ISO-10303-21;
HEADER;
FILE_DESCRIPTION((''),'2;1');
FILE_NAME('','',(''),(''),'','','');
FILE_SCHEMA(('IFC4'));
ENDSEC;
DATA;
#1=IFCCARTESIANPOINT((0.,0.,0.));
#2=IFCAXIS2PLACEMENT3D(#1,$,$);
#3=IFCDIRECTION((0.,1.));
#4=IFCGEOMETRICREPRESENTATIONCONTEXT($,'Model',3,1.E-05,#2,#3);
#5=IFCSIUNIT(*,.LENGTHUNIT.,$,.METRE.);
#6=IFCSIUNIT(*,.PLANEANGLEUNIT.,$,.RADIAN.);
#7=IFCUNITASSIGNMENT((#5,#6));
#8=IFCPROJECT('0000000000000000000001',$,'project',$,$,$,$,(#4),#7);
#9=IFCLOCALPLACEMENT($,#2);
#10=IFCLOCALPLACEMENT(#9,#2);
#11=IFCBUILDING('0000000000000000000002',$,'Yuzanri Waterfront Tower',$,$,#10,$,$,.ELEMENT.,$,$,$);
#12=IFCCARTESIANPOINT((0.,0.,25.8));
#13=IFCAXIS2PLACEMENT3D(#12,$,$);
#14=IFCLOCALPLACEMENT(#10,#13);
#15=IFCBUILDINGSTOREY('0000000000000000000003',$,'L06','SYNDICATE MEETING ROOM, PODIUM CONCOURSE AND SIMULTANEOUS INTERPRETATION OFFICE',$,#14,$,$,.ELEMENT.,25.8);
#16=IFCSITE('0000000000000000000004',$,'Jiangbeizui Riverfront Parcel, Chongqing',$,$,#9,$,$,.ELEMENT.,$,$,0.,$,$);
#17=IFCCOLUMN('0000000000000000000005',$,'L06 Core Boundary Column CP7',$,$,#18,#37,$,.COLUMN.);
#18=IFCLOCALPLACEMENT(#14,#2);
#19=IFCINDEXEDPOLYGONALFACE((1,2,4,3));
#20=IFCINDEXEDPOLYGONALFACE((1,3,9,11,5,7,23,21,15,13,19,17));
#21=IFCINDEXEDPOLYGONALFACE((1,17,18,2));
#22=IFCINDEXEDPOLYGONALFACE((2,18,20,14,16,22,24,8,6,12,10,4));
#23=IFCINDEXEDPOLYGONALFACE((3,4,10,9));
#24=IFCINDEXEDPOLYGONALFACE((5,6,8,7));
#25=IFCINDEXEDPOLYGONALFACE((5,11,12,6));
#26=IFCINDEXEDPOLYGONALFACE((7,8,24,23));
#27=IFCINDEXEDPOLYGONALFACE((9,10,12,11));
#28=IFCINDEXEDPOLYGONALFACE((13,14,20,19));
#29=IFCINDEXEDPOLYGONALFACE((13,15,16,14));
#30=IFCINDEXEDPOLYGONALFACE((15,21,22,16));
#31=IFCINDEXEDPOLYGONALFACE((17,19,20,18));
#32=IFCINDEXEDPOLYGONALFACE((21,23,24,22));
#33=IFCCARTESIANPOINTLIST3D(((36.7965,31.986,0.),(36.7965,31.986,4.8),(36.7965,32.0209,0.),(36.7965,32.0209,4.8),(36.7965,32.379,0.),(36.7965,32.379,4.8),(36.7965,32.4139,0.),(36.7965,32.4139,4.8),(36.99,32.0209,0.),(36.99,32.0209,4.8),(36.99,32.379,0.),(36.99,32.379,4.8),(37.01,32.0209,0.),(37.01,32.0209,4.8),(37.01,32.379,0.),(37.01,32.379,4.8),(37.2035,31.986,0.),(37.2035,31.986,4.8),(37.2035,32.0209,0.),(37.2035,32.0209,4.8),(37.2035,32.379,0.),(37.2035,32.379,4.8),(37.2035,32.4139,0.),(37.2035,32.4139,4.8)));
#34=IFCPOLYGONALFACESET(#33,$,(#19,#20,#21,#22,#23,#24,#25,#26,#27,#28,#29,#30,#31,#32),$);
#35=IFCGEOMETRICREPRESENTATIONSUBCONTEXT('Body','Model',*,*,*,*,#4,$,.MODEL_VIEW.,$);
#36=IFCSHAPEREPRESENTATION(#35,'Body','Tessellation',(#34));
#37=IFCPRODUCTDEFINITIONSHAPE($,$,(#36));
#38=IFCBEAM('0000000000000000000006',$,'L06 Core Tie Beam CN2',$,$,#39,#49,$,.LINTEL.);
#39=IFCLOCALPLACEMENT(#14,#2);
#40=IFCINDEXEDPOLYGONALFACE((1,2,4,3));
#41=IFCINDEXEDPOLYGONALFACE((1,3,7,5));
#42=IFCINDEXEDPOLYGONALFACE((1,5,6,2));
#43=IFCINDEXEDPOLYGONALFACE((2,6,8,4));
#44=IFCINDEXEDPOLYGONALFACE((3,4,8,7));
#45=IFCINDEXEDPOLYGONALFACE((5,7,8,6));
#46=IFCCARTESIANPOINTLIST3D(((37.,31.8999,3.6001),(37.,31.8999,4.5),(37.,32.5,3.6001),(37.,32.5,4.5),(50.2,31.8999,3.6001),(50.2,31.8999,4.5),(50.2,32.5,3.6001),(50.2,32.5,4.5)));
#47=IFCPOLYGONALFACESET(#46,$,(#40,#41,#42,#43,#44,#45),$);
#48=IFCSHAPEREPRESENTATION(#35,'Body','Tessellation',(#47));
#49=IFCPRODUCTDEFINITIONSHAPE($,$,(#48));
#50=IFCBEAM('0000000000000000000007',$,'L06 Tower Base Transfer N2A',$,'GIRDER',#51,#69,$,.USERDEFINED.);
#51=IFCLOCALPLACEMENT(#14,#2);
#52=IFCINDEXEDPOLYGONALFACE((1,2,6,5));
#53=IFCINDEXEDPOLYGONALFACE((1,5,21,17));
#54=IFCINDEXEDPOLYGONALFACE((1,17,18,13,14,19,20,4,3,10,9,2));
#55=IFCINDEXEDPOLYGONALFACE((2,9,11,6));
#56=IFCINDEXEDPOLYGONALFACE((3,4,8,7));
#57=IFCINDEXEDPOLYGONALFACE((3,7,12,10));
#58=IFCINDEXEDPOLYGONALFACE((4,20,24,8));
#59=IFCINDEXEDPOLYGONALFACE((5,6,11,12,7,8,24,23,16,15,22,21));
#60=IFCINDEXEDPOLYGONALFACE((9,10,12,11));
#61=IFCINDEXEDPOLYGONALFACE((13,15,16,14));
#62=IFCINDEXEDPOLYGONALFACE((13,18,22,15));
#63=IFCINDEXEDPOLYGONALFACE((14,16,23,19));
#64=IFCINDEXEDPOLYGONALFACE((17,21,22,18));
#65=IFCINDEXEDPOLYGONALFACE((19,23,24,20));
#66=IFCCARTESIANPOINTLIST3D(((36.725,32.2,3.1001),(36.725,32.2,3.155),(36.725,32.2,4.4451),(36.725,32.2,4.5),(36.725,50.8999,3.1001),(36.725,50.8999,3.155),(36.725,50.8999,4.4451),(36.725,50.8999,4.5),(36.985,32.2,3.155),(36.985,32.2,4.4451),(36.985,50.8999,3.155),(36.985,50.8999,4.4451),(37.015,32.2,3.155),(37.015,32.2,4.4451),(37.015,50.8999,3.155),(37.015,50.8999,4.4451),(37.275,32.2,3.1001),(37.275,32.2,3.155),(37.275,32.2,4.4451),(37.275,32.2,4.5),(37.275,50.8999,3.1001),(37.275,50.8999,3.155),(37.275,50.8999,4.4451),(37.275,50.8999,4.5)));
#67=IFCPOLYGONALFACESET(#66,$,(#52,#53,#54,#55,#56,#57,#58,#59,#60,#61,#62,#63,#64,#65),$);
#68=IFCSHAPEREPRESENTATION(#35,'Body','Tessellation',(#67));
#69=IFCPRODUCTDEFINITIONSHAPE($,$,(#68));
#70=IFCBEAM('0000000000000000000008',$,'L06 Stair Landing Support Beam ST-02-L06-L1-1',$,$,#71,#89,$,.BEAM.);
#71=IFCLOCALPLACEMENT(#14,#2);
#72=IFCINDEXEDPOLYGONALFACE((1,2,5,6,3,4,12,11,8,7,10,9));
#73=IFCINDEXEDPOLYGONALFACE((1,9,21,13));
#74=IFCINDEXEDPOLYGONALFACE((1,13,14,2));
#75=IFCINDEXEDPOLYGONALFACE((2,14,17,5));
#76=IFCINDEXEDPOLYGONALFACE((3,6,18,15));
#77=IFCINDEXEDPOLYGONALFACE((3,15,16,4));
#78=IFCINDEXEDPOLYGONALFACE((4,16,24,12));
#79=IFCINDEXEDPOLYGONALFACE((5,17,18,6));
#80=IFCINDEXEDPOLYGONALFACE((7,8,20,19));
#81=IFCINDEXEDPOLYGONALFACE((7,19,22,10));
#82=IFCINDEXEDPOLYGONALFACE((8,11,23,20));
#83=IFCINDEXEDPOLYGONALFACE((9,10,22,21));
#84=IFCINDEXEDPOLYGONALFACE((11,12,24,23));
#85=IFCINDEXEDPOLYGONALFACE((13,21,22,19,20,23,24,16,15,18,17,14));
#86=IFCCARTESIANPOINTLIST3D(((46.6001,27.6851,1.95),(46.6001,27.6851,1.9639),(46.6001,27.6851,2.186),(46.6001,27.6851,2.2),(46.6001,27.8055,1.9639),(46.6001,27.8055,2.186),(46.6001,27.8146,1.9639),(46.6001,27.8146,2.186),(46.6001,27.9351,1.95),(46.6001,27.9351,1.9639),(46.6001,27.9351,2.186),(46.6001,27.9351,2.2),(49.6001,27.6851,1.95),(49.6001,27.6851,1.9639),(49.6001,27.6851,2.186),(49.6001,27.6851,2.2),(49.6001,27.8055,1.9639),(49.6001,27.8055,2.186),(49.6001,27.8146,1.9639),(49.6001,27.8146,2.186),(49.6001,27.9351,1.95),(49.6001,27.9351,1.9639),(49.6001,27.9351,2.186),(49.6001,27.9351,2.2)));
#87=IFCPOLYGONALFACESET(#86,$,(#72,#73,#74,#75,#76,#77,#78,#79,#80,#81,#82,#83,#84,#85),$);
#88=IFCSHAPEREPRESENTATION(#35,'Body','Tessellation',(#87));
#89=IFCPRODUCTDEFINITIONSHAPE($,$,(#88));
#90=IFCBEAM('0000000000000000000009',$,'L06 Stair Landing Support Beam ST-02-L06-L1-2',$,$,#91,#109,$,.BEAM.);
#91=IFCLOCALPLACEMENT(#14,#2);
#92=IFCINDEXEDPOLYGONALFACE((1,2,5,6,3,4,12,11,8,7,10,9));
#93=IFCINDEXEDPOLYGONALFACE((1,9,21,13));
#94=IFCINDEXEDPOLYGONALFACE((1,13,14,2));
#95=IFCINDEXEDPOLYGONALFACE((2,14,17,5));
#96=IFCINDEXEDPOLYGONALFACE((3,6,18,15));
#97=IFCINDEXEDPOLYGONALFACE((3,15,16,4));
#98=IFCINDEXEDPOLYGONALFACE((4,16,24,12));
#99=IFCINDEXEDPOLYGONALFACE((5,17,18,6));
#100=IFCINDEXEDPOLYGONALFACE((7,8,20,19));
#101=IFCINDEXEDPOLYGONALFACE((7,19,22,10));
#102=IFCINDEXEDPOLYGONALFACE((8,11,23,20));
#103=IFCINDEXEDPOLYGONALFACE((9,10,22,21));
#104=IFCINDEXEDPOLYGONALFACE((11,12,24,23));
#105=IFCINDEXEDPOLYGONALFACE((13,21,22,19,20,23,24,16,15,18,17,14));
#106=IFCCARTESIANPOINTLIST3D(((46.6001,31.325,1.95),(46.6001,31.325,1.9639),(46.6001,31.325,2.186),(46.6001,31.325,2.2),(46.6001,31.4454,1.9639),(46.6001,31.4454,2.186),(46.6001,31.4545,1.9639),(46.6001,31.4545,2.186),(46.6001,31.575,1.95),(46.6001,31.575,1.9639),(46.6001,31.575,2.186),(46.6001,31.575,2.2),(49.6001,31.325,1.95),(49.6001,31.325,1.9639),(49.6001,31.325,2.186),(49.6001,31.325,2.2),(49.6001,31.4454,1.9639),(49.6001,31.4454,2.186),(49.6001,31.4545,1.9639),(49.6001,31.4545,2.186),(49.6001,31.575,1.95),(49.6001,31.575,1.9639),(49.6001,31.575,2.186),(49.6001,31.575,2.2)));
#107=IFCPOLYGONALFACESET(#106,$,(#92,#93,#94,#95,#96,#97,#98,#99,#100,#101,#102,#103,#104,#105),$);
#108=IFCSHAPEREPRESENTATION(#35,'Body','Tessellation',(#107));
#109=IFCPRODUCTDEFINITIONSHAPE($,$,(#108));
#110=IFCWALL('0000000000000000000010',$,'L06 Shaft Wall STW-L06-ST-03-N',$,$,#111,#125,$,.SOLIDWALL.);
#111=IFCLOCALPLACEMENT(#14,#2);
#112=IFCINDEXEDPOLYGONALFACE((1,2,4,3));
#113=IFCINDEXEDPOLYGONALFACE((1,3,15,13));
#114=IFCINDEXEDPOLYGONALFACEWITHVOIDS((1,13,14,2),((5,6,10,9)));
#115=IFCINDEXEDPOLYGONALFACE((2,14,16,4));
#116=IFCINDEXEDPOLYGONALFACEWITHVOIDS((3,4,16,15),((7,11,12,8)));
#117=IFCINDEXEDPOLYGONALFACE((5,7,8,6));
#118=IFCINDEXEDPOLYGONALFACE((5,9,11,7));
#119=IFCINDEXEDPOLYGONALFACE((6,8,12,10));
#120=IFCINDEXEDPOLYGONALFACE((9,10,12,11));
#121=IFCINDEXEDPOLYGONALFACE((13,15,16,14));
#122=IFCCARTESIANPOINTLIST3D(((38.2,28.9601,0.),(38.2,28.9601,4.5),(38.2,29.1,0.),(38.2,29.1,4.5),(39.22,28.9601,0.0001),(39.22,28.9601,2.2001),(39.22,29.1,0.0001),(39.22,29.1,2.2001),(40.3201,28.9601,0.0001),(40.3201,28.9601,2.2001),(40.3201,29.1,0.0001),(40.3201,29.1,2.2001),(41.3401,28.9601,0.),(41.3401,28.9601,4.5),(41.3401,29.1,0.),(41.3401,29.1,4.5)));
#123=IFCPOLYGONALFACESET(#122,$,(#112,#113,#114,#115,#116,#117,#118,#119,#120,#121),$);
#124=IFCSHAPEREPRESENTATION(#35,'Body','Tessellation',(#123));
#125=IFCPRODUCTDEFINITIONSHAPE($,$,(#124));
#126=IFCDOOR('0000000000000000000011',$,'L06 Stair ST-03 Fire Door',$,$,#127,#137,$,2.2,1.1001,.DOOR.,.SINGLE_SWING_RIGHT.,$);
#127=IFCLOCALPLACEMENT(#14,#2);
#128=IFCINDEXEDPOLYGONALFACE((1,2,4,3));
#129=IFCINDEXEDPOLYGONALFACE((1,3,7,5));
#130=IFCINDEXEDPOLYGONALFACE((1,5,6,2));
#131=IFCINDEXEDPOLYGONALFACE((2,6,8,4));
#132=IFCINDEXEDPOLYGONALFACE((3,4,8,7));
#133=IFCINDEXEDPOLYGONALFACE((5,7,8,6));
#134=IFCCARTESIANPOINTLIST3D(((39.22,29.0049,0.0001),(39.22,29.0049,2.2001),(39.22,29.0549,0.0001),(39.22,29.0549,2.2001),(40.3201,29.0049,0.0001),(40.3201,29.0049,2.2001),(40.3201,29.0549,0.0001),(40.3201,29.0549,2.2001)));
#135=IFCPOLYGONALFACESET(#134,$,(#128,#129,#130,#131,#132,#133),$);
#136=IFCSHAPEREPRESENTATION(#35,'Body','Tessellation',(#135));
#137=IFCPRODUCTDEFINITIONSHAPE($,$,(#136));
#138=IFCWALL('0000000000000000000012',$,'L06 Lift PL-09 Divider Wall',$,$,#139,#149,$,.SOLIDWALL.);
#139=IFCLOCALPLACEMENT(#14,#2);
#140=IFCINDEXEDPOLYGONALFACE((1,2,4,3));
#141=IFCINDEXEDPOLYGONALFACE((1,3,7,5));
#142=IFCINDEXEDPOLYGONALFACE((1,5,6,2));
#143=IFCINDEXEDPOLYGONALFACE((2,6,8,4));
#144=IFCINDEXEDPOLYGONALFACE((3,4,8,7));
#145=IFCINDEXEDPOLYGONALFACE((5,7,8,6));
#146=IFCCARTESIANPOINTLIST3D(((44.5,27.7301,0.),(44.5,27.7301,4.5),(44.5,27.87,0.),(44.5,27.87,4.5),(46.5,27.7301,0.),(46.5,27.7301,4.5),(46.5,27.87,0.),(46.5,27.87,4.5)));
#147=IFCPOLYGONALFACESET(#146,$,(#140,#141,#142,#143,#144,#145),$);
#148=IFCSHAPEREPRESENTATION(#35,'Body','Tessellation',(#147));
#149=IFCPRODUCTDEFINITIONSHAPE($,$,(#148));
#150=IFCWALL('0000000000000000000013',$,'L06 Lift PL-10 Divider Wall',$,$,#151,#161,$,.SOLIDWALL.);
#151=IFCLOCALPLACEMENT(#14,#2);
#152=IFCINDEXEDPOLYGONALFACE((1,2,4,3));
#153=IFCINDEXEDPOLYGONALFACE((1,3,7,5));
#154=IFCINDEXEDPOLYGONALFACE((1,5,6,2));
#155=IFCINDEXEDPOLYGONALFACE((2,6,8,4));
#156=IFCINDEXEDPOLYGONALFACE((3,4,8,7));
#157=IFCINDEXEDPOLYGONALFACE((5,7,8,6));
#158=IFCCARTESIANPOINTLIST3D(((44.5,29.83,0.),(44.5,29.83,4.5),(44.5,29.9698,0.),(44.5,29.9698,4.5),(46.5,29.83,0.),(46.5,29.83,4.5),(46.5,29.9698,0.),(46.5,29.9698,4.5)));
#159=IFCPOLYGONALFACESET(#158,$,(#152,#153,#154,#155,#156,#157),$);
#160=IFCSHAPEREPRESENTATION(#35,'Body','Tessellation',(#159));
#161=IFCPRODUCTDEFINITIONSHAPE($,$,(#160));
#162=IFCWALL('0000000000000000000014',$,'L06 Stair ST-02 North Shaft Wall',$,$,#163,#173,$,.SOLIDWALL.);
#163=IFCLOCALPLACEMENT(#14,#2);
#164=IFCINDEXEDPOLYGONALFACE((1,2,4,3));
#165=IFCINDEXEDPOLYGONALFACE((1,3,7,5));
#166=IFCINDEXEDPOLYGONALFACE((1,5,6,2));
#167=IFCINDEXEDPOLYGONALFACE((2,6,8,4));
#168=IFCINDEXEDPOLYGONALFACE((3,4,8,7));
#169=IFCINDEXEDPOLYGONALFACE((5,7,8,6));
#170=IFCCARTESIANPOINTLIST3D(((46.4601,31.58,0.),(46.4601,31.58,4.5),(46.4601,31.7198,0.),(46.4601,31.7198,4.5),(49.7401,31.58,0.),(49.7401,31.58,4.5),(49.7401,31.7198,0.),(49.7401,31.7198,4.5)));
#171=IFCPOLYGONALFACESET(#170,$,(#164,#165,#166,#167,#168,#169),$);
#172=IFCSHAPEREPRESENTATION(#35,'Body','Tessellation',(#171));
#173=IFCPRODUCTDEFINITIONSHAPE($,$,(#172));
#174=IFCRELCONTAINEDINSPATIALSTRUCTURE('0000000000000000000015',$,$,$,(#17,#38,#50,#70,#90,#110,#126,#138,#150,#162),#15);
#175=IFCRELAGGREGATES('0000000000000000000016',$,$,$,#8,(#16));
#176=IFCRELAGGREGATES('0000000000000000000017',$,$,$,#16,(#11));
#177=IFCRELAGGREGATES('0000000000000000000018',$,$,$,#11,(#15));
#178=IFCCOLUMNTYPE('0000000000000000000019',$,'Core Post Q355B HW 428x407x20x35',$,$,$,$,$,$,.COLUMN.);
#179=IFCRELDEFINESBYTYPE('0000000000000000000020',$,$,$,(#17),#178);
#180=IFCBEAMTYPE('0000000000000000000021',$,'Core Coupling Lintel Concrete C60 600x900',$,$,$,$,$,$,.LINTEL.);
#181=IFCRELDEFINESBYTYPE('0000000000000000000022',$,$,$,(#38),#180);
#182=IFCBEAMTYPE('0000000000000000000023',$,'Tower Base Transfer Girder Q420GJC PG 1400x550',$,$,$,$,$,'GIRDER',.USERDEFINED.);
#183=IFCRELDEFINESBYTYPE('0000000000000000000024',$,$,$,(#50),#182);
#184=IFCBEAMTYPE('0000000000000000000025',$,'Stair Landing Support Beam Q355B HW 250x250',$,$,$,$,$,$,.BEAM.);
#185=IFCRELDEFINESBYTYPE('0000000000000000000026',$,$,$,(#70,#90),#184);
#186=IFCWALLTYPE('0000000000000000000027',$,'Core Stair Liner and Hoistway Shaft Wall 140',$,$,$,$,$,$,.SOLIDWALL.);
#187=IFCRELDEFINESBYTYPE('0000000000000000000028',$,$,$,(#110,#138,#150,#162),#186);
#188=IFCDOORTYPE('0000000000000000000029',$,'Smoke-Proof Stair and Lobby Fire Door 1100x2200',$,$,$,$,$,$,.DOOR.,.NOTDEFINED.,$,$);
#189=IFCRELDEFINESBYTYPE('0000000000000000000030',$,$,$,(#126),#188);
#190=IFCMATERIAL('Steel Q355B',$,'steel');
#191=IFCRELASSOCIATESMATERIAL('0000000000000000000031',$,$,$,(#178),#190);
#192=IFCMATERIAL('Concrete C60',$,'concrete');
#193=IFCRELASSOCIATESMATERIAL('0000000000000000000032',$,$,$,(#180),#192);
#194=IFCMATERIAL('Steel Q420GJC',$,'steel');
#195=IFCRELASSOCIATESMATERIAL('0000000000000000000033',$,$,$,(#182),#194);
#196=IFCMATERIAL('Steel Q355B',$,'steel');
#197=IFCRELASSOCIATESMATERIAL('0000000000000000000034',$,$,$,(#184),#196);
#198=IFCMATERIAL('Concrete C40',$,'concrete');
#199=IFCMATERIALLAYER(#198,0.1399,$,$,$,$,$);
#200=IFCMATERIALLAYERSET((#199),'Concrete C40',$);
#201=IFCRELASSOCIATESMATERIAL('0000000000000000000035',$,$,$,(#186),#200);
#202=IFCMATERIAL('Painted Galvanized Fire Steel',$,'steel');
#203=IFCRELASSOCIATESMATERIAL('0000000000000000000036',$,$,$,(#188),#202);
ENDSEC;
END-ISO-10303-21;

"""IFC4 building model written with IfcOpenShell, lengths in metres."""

from ifc_helpers import new_model, si_unit, direction, frame, frame_2d, origin, origin_2d, place, context, subcontext, project, spatial, rectangle, i_section, extrude, source, transform, mapped, material, layer, layer_set, material_profile, profile_set, type_object, element, fill, save


model = new_model("IFC4")

# Units and contexts
model_context = context("Model", 3, precision=1e-05, world=origin(), true_north=direction((0.0, 1.0)))
body_context = subcontext(model_context, "Body", "Model", "MODEL_VIEW")
ifc_project = project(units=[si_unit("LENGTHUNIT", "METRE"), si_unit("PLANEANGLEUNIT", "RADIAN")], contexts=[model_context])

# Site, building, storey
site_placement = place(None, origin())
site = spatial("IfcSite", under=ifc_project, at=site_placement, Name="Jiangbeizui Riverfront Parcel, Chongqing", CompositionType="ELEMENT", RefElevation=0.0)
building_placement = place(site_placement, origin())
building = spatial("IfcBuilding", under=site, at=building_placement, Name="Yuzanri Waterfront Tower", CompositionType="ELEMENT")
storey_placement = place(building_placement, frame((0.0, 0.0, 25.8)))
storey = spatial("IfcBuildingStorey", under=building, at=storey_placement, Name="L06", Description="SYNDICATE MEETING ROOM, PODIUM CONCOURSE AND SIMULTANEOUS INTERPRETATION OFFICE", CompositionType="ELEMENT", Elevation=25.8)

# Column
ifc_material_1 = material(Name="Steel Q355B", Category="steel")
ifc_material_profile_1 = material_profile(ifc_material_1, i_section(OverallWidth=0.407, OverallDepth=0.428, WebThickness=0.02, FlangeThickness=0.0349, at=origin_2d()), Name="HW 428x407x20x35")
ifc_profile_set_1 = profile_set([ifc_material_profile_1], Name="Steel Q355B")
column_type = type_object("IfcColumnType", Name="Core Post Q355B HW 428x407x20x35", PredefinedType="COLUMN", material=ifc_profile_set_1)
shared_shape_1 = source(origin(), body_context, "Body", "SweptSolid", [
    extrude(i_section(OverallWidth=0.407, OverallDepth=0.428, WebThickness=0.02, FlangeThickness=0.0349, at=origin_2d()), origin(), (0.0, 0.0, 1.0), 4.8),
])
column_placement = place(storey_placement, frame((37.0, 32.2, 0.0), z_axis=(0.0, 0.0, 1.0), x_axis=(1.0, 0.0, 0.0)))
element("IfcColumn", 1, at=column_placement, inside=storey, type_object=column_type, Name="L06 Core Boundary Column CP7", PredefinedType="COLUMN", context=body_context, shape_type="MappedRepresentation", body=[
    mapped(shared_shape_1, transform((0.0, 0.0, 0.0), scale=1.0)),
])

# Beams
ifc_material_2 = material(Name="Concrete C60", Category="concrete")
ifc_material_profile_2 = material_profile(ifc_material_2, rectangle(XDim=0.6001, YDim=0.8999, at=origin_2d()), Name="RC 600x900")
ifc_profile_set_2 = profile_set([ifc_material_profile_2], Name="Concrete C60")
beam_type_1 = type_object("IfcBeamType", Name="Core Coupling Lintel Concrete C60 600x900", PredefinedType="LINTEL", material=ifc_profile_set_2)
shared_shape_2 = source(origin(), body_context, "Body", "SweptSolid", [
    extrude(rectangle(XDim=0.6001, YDim=0.8999, at=origin_2d()), origin(), (0.0, 0.0, 1.0), 13.2),
])
beam_1_placement = place(storey_placement, frame((37.0, 32.2, 4.05), z_axis=(1.0, 0.0, 0.0), x_axis=(0.0, 1.0, 0.0)))
element("IfcBeam", 2, at=beam_1_placement, inside=storey, type_object=beam_type_1, Name="L06 Core Tie Beam CN2", PredefinedType="LINTEL", context=body_context, shape_type="MappedRepresentation", body=[
    mapped(shared_shape_2, transform((0.0, 0.0, 0.0), scale=1.0)),
])
ifc_material_3 = material(Name="Steel Q420GJC", Category="steel")
ifc_material_profile_3 = material_profile(ifc_material_3, i_section(OverallWidth=0.55, OverallDepth=1.3999, WebThickness=0.03, FlangeThickness=0.0549, at=origin_2d()), Name="PG 1400x550x30x55")
ifc_profile_set_3 = profile_set([ifc_material_profile_3], Name="Steel Q420GJC")
beam_type_2 = type_object("IfcBeamType", Name="Tower Base Transfer Girder Q420GJC PG 1400x550", ElementType="GIRDER", PredefinedType="USERDEFINED", material=ifc_profile_set_3)
shared_shape_3 = source(origin(), body_context, "Body", "SweptSolid", [
    extrude(i_section(OverallWidth=0.55, OverallDepth=1.3999, WebThickness=0.03, FlangeThickness=0.0549, at=origin_2d()), origin(), (0.0, 0.0, 1.0), 18.7),
])
beam_2_placement = place(storey_placement, frame((37.0, 32.2, 3.8), z_axis=(0.0, 1.0, 0.0), x_axis=(-1.0, 0.0, 0.0)))
element("IfcBeam", 3, at=beam_2_placement, inside=storey, type_object=beam_type_2, Name="L06 Tower Base Transfer N2A", ObjectType="GIRDER", PredefinedType="USERDEFINED", context=body_context, shape_type="MappedRepresentation", body=[
    mapped(shared_shape_3, transform((0.0, 0.0, 0.0), scale=1.0)),
])
ifc_material_4 = material(Name="Steel Q355B", Category="steel")
ifc_material_profile_4 = material_profile(ifc_material_4, i_section(OverallWidth=0.25, OverallDepth=0.25, WebThickness=0.009, FlangeThickness=0.0139, at=origin_2d()), Name="HW 250x250x9x14")
ifc_profile_set_4 = profile_set([ifc_material_profile_4], Name="Steel Q355B")
beam_type_3 = type_object("IfcBeamType", Name="Stair Landing Support Beam Q355B HW 250x250", PredefinedType="BEAM", material=ifc_profile_set_4)
shared_shape_4 = source(origin(), body_context, "Body", "SweptSolid", [
    extrude(i_section(OverallWidth=0.25, OverallDepth=0.25, WebThickness=0.009, FlangeThickness=0.0139, at=origin_2d()), origin(), (0.0, 0.0, 1.0), 3.0),
])
for number, where, z_axis, x_axis, name in (
    (4, (46.6001, 27.8101, 2.075), (1.0, 0.0, 0.0), (0.0, 1.0, 0.0), "L06 Stair Landing Support Beam ST-02-L06-L1-1"),
    (5, (46.6001, 31.45, 2.075), (1.0, 0.0, 0.0), (0.0, 1.0, 0.0), "L06 Stair Landing Support Beam ST-02-L06-L1-2"),
):
    element("IfcBeam", number, at=place(storey_placement, frame(where, z_axis=z_axis, x_axis=x_axis)), inside=storey, type_object=beam_type_3, Name=name, PredefinedType="BEAM", context=body_context, shape_type="MappedRepresentation", body=[
        mapped(shared_shape_4, transform((0.0, 0.0, 0.0), scale=1.0)),
    ])

# Wall, opening, door
ifc_material_5 = material(Name="Concrete C40", Category="concrete")
ifc_layer_1 = layer(ifc_material_5, 0.1399)
ifc_layer_set_1 = layer_set([ifc_layer_1], Name="Concrete C40")
wall_type_1 = type_object("IfcWallType", Name="Core Stair Liner and Hoistway Shaft Wall 140", PredefinedType="SOLIDWALL", material=ifc_layer_set_1)
wall_1_placement = place(storey_placement, frame((38.2, 29.03, 0.0), z_axis=(0.0, 0.0, 1.0), x_axis=(1.0, 0.0, 0.0)))
wall_1 = element("IfcWall", 6, at=wall_1_placement, inside=storey, type_object=wall_type_1, Name="L06 Shaft Wall STW-L06-ST-03-N", PredefinedType="SOLIDWALL", context=body_context, shape_type="SweptSolid", body=[
    extrude(rectangle(XDim=3.1401, YDim=0.1399, at=frame_2d((1.5701, 0.0))), origin(), (0.0, 0.0, 1.0), 4.5),
])
opening_placement = place(wall_1_placement, frame((1.02, 0.0, 0.0)))
opening = element("IfcOpeningElement", 7, at=opening_placement, cuts=wall_1, PredefinedType="OPENING", context=body_context, shape_type="SweptSolid", body=[
    extrude(rectangle(XDim=1.1001, YDim=2.2, at=frame_2d((0.55, 1.1001))), frame((0.0, 0.085, 0.0), z_axis=(0.0, -1.0, 0.0), x_axis=(1.0, 0.0, 0.0)), (0.0, 0.0, 1.0), 0.1697),
])
ifc_material_6 = material(Name="Painted Galvanized Fire Steel", Category="steel")
door_type = type_object("IfcDoorType", Name="Smoke-Proof Stair and Lobby Fire Door 1100x2200", OperationType="NOTDEFINED", PredefinedType="DOOR", material=ifc_material_6)
shared_shape_5 = source(origin(), body_context, "Body", "SweptSolid", [
    extrude(rectangle(XDim=1.1001, YDim=2.2, at=frame_2d((0.55, 1.1001))), frame((0.0, 0.0249, 0.0), z_axis=(0.0, -1.0, 0.0), x_axis=(1.0, 0.0, 0.0)), (0.0, 0.0, 1.0), 0.05),
])
door_placement = place(opening_placement, origin())
door = element("IfcDoor", 8, at=door_placement, inside=storey, type_object=door_type, Name="L06 Stair ST-03 Fire Door", OperationType="SINGLE_SWING_RIGHT", OverallHeight=2.2, OverallWidth=1.1001, PredefinedType="DOOR", context=body_context, shape_type="MappedRepresentation", body=[
    mapped(shared_shape_5, transform((0.0, 0.0, 0.0), scale=1.0)),
])
fill(opening, door)

# Walls
shared_shape_6 = source(origin(), body_context, "Body", "SweptSolid", [
    extrude(rectangle(XDim=2.0, YDim=0.1399, at=frame_2d((1.0, 0.0))), origin(), (0.0, 0.0, 1.0), 4.5),
])
for number, where, z_axis, x_axis, name in (
    (9, (44.5, 27.8, 0.0), (0.0, 0.0, 1.0), (1.0, 0.0, 0.0), "L06 Lift PL-09 Divider Wall"),
    (10, (44.5, 29.8999, 0.0), (0.0, 0.0, 1.0), (1.0, 0.0, 0.0), "L06 Lift PL-10 Divider Wall"),
):
    element("IfcWall", number, at=place(storey_placement, frame(where, z_axis=z_axis, x_axis=x_axis)), inside=storey, type_object=wall_type_1, Name=name, PredefinedType="SOLIDWALL", context=body_context, shape_type="MappedRepresentation", body=[
        mapped(shared_shape_6, transform((0.0, 0.0, 0.0), scale=1.0)),
    ])
shared_shape_7 = source(origin(), body_context, "Body", "SweptSolid", [
    extrude(rectangle(XDim=3.28, YDim=0.1399, at=frame_2d((1.6401, 0.0))), origin(), (0.0, 0.0, 1.0), 4.5),
])
wall_2_placement = place(storey_placement, frame((46.46, 31.6499, 0.0), z_axis=(0.0, 0.0, 1.0), x_axis=(1.0, 0.0, 0.0)))
element("IfcWall", 11, at=wall_2_placement, inside=storey, type_object=wall_type_1, Name="L06 Stair ST-02 North Shaft Wall", PredefinedType="SOLIDWALL", context=body_context, shape_type="MappedRepresentation", body=[
    mapped(shared_shape_7, transform((0.0, 0.0, 0.0), scale=1.0)),
])

save(model, "model.ifc")
